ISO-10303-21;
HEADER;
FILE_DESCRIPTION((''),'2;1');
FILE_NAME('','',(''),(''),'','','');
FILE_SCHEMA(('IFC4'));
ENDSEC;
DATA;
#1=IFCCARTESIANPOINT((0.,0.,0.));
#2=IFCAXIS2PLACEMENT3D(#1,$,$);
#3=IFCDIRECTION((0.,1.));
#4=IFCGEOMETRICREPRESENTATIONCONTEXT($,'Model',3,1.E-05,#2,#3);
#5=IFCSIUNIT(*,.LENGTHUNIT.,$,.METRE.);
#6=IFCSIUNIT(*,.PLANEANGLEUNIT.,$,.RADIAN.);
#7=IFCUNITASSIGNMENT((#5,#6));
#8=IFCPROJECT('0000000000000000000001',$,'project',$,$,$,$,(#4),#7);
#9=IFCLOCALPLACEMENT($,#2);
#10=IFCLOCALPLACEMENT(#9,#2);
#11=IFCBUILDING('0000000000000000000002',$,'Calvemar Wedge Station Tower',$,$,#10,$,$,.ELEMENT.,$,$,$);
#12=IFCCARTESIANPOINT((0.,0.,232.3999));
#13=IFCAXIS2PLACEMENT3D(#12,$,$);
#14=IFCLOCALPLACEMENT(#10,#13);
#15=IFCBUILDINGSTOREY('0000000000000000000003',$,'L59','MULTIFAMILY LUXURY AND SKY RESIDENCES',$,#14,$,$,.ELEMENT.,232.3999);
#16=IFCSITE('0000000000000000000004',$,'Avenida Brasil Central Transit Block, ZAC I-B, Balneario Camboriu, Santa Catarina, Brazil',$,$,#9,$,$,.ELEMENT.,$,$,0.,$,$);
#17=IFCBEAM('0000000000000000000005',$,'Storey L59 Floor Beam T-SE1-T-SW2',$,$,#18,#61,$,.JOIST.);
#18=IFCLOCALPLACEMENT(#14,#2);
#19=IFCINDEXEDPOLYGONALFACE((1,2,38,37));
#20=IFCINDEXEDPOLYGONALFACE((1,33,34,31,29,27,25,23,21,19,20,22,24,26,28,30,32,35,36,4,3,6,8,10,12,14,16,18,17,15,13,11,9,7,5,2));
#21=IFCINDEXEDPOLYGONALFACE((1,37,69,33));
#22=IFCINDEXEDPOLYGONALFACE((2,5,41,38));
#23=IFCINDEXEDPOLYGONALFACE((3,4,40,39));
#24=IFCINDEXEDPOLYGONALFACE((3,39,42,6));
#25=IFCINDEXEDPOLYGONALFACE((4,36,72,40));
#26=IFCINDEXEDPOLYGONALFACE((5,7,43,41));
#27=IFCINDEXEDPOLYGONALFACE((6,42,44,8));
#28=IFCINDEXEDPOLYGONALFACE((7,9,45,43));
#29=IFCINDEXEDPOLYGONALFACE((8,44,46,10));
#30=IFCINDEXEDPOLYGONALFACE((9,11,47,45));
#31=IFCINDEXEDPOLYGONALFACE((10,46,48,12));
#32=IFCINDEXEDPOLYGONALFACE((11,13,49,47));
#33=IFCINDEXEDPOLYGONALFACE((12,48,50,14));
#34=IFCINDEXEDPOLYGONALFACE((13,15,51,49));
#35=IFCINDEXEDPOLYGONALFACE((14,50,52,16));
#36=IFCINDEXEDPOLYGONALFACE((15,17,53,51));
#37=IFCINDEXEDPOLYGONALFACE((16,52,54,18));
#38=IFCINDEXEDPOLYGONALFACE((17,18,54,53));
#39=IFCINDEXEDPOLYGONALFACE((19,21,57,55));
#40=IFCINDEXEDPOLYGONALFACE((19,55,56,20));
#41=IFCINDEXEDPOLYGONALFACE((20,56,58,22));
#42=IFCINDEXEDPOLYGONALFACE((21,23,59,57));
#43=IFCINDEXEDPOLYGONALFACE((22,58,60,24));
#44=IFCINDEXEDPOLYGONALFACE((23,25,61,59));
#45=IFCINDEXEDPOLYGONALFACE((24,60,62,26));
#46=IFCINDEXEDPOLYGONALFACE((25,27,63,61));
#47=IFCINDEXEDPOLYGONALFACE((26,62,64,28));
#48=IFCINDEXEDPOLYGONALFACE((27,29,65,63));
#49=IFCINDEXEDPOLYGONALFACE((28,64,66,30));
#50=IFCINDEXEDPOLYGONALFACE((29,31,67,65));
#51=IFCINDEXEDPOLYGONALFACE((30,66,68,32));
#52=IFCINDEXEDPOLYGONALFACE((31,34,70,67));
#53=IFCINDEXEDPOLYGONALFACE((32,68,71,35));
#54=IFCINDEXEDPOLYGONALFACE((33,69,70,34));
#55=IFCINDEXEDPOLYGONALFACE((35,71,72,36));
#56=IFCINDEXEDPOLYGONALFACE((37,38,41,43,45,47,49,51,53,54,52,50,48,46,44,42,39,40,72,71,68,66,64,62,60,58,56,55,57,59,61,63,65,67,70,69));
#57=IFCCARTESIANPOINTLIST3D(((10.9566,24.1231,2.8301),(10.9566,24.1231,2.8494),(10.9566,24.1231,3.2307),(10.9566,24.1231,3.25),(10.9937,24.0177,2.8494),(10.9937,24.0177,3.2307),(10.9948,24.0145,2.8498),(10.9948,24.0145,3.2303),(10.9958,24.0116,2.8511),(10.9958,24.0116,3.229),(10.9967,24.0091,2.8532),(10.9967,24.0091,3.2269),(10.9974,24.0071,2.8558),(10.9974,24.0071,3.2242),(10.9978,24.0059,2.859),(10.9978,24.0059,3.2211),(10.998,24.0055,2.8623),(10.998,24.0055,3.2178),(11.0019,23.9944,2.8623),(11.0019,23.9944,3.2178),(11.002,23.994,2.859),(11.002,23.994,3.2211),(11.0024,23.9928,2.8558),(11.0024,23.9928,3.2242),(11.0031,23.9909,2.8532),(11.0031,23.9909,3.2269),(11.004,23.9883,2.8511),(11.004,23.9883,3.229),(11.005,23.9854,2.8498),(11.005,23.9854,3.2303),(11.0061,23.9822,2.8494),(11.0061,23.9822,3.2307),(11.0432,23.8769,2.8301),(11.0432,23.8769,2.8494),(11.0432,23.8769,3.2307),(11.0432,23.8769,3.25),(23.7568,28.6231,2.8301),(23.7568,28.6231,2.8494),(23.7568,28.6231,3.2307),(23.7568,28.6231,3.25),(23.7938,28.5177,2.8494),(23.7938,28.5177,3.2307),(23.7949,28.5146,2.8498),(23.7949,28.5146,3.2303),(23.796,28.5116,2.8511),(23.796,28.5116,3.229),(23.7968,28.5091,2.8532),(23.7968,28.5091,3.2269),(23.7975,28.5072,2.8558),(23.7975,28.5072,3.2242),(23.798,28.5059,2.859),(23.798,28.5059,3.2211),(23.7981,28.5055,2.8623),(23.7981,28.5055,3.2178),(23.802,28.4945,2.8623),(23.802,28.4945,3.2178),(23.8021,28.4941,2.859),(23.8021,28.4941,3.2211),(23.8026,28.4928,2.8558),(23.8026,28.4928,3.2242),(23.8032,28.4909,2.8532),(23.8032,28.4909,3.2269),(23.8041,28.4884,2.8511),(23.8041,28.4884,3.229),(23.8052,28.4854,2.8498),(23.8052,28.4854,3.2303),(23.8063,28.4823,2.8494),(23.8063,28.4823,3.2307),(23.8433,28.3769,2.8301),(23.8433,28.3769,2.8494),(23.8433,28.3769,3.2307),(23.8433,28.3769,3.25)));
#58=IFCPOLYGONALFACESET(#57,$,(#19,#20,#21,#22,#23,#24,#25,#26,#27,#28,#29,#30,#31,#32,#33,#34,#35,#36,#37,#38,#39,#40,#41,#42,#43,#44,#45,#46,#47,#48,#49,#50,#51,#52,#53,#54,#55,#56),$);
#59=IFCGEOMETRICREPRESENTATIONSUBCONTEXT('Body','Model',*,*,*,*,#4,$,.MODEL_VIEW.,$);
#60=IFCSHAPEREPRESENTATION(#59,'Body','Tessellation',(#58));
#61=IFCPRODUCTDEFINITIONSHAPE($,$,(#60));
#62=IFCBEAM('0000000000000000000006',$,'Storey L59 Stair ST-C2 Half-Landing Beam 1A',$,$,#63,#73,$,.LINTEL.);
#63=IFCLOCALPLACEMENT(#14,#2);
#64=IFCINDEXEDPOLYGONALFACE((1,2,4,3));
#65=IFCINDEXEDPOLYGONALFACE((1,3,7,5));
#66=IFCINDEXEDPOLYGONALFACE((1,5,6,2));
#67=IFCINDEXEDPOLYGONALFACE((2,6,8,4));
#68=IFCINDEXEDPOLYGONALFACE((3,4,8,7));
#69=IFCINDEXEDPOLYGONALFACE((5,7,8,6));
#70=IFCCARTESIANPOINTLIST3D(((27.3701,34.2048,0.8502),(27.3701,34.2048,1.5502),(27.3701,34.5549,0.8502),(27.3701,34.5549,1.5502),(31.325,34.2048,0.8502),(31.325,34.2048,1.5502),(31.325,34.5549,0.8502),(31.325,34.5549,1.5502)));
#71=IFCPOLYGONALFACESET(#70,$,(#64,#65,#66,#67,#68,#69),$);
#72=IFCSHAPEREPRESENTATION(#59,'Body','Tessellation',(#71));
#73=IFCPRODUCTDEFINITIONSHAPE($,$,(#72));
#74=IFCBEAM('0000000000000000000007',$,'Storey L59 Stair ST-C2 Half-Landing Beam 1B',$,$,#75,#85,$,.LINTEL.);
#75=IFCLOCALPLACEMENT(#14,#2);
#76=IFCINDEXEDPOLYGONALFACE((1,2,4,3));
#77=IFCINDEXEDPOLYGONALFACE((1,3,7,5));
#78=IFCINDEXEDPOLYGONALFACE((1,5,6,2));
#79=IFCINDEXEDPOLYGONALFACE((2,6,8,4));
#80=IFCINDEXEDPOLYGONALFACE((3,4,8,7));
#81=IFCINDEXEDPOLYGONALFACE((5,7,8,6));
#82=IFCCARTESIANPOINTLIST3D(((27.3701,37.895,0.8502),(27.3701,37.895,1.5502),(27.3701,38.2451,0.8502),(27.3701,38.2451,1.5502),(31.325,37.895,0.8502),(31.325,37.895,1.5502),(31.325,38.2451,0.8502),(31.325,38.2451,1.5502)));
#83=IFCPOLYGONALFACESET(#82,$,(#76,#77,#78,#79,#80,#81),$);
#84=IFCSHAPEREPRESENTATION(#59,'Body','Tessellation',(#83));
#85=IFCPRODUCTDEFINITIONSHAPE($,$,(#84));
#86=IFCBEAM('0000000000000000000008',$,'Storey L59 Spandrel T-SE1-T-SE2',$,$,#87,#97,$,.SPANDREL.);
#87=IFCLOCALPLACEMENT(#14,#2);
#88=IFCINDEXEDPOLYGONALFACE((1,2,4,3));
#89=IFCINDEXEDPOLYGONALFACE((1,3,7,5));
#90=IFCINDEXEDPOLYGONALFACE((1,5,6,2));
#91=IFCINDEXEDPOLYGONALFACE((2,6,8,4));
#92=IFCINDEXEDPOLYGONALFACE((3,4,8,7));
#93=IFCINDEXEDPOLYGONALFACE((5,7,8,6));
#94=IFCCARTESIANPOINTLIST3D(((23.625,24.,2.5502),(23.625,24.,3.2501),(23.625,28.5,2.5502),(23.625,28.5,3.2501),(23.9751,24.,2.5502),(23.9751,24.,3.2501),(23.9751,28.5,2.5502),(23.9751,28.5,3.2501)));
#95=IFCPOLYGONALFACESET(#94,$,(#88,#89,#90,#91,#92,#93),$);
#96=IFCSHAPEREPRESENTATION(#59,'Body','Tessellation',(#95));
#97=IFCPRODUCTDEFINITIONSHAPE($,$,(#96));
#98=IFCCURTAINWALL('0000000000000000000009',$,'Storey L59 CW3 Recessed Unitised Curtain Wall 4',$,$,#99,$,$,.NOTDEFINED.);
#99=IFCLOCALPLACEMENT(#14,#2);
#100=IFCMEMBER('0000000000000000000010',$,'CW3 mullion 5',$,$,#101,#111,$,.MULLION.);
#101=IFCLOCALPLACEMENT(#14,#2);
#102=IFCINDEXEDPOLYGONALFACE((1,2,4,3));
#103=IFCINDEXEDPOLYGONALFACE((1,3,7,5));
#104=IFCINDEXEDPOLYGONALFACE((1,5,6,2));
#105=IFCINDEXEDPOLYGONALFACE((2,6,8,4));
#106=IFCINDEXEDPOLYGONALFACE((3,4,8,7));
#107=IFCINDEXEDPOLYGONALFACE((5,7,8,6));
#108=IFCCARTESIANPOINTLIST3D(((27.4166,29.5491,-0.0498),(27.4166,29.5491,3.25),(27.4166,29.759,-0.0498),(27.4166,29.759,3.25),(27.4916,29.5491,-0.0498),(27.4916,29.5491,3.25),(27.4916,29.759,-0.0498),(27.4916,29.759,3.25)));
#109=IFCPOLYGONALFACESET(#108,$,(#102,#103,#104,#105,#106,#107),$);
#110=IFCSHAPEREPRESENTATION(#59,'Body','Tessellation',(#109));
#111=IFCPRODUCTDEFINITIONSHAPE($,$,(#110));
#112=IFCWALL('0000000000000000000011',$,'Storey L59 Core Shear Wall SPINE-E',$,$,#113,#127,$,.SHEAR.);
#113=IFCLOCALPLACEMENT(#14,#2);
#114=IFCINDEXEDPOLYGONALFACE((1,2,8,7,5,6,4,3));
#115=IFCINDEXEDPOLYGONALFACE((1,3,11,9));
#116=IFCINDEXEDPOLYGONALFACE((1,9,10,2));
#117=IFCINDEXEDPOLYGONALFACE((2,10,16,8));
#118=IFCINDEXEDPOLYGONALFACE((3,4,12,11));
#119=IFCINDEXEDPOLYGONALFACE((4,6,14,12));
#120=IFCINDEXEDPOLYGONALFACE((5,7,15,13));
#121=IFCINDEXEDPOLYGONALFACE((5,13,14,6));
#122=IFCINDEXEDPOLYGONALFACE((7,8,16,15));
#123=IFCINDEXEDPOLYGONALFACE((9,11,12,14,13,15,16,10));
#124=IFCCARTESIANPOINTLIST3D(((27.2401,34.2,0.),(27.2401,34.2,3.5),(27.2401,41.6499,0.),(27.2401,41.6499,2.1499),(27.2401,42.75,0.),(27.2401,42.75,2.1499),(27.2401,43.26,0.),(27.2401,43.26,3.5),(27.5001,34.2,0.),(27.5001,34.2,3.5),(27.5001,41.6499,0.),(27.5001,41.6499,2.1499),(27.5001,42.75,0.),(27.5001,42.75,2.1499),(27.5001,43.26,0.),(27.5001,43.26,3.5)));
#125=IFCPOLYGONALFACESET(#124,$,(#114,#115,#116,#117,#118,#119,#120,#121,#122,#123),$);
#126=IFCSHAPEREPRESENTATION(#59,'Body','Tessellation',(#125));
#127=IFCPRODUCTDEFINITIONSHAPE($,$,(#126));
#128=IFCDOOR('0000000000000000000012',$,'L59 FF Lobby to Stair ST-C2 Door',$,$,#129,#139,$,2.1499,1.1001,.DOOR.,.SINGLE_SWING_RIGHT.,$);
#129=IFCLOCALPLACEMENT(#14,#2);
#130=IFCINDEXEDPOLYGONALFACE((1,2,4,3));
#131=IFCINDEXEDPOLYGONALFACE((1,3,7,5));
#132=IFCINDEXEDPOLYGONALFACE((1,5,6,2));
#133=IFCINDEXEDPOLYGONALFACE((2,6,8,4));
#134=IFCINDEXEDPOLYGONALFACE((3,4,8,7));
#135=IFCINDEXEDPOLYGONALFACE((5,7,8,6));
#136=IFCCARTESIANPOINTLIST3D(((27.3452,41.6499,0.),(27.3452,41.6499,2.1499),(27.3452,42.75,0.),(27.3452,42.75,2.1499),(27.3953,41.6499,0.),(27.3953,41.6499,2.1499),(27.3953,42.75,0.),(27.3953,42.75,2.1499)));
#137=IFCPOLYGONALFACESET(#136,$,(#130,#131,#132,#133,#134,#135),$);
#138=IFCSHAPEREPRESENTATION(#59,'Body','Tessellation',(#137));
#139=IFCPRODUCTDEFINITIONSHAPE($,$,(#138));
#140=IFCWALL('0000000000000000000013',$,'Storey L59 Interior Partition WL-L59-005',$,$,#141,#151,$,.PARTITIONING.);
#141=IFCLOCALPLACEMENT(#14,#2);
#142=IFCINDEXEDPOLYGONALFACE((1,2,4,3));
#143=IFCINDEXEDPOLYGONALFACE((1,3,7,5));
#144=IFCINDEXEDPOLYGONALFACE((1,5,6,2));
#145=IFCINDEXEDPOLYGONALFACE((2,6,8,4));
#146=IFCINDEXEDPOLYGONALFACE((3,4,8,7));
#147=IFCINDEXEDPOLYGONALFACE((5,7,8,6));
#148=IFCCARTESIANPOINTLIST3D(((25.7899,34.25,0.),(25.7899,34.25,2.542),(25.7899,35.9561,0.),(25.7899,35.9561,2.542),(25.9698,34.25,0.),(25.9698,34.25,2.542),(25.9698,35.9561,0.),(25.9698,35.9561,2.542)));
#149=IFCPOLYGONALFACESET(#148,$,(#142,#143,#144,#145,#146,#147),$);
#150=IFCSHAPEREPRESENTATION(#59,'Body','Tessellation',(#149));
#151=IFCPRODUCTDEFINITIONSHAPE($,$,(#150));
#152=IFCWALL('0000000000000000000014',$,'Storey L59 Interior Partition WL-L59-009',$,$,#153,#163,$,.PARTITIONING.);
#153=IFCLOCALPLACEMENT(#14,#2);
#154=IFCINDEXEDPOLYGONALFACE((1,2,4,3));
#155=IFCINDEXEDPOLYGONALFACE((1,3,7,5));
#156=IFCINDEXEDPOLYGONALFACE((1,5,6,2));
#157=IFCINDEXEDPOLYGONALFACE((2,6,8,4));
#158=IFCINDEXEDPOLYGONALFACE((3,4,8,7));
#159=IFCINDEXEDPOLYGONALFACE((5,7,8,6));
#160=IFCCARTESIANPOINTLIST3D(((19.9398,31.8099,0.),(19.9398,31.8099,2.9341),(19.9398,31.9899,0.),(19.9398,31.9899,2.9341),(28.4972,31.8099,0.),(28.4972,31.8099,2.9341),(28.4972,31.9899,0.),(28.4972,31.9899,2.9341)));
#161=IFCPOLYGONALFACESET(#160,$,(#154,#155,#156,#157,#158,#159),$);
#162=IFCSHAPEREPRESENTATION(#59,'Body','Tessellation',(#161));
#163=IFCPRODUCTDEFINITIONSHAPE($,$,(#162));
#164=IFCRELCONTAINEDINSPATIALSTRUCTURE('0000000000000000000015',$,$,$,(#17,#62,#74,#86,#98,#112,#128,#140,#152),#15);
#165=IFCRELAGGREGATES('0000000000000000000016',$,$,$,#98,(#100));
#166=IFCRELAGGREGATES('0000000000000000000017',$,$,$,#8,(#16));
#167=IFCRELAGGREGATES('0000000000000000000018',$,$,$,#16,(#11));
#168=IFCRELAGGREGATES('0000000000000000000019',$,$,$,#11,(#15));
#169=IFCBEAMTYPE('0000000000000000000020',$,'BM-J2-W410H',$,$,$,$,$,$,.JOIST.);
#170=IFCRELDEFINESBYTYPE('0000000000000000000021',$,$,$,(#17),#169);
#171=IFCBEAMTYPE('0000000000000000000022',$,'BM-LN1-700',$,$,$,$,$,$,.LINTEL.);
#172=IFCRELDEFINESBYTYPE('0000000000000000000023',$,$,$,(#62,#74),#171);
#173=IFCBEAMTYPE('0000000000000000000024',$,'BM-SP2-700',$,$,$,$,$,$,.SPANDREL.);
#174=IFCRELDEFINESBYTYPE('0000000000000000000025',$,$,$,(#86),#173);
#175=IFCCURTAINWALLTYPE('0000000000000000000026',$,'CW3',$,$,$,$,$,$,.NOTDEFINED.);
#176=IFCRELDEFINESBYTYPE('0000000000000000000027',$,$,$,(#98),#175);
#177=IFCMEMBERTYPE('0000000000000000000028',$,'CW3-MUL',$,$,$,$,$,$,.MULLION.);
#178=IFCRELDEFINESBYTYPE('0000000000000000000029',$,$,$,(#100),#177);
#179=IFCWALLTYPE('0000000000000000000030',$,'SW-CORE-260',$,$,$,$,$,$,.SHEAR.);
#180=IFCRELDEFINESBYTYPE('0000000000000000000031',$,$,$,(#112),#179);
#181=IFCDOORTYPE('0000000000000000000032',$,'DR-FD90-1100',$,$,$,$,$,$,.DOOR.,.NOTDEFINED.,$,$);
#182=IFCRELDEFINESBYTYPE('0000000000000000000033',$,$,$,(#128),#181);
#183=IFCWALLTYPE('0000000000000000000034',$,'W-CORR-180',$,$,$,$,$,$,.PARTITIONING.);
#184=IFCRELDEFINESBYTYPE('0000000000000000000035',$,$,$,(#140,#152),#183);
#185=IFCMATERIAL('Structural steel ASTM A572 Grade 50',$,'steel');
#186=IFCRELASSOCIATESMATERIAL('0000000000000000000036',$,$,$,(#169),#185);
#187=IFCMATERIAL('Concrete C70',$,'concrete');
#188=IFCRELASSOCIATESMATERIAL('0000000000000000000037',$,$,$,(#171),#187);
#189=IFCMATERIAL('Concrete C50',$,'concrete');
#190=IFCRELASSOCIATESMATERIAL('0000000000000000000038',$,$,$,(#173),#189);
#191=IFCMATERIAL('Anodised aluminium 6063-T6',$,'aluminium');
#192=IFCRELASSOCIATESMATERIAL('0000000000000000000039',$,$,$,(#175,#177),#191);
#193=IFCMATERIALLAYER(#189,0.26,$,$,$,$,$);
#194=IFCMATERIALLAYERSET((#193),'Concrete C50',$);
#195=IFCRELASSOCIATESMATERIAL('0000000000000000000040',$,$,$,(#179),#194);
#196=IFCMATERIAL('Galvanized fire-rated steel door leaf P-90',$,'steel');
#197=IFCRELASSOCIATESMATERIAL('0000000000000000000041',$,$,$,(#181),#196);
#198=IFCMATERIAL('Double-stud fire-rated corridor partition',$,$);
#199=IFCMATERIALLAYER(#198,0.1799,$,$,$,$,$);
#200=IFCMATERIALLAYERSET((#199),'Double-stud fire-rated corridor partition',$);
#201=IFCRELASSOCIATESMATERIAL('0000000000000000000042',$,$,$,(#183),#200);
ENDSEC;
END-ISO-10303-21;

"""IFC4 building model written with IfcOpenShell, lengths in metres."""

from ifc_helpers import new_model, si_unit, direction, frame, frame_2d, origin, origin_2d, place, context, subcontext, project, spatial, rectangle, i_section, extrude, source, transform, mapped, material, layer, layer_set, material_profile, profile_set, type_object, element, fill, aggregate, save


model = new_model("IFC4")

# Units and contexts
model_context = context("Model", 3, precision=1e-05, world=origin(), true_north=direction((0.0, 1.0)))
body_context = subcontext(model_context, "Body", "Model", "MODEL_VIEW")
ifc_project = project(units=[si_unit("LENGTHUNIT", "METRE"), si_unit("PLANEANGLEUNIT", "RADIAN")], contexts=[model_context])

# Site, building, storey
site_placement = place(None, origin())
site = spatial("IfcSite", under=ifc_project, at=site_placement, Name="Avenida Brasil Central Transit Block, ZAC I-B, Balneario Camboriu, Santa Catarina, Brazil", CompositionType="ELEMENT", RefElevation=0.0)
building_placement = place(site_placement, origin())
building = spatial("IfcBuilding", under=site, at=building_placement, Name="Calvemar Wedge Station Tower", CompositionType="ELEMENT")
storey_placement = place(building_placement, frame((0.0, 0.0, 232.3999)))
storey = spatial("IfcBuildingStorey", under=building, at=storey_placement, Name="L59", Description="MULTIFAMILY LUXURY AND SKY RESIDENCES", CompositionType="ELEMENT", Elevation=232.3999)

# Beams
ifc_material_1 = material(Name="Structural steel ASTM A572 Grade 50", Category="steel")
ifc_material_profile_1 = material_profile(ifc_material_1, i_section(OverallWidth=0.261, OverallDepth=0.4199, WebThickness=0.0117, FlangeThickness=0.0193, FilletRadius=0.0129, at=origin_2d()), Name="W410x114")
ifc_profile_set_1 = profile_set([ifc_material_profile_1], Name="Structural steel ASTM A572 Grade 50")
beam_type_1 = type_object("IfcBeamType", Name="BM-J2-W410H", PredefinedType="JOIST", material=ifc_profile_set_1)
shared_shape_1 = source(origin(), body_context, "Body", "SweptSolid", [
    extrude(i_section(OverallWidth=0.261, OverallDepth=0.4199, WebThickness=0.0117, FlangeThickness=0.0193, FilletRadius=0.0129, at=origin_2d()), origin(), (0.0, 0.0, 1.0), 13.5681),
])
beam_1_placement = place(storey_placement, frame((23.8, 28.5, 3.04), z_axis=(-0.943398, -0.331662, 0.0), x_axis=(0.331662, -0.943398, 0.0)))
element("IfcBeam", 1, at=beam_1_placement, inside=storey, type_object=beam_type_1, Name="Storey L59 Floor Beam T-SE1-T-SW2", PredefinedType="JOIST", context=body_context, shape_type="MappedRepresentation", body=[
    mapped(shared_shape_1, transform((0.0, 0.0, 0.0), scale=1.0)),
])
ifc_material_2 = material(Name="Concrete C70", Category="concrete")
ifc_material_profile_2 = material_profile(ifc_material_2, rectangle(XDim=0.3501, YDim=0.7, at=origin_2d()), Name="RC350x700")
ifc_profile_set_2 = profile_set([ifc_material_profile_2], Name="Concrete C70")
beam_type_2 = type_object("IfcBeamType", Name="BM-LN1-700", PredefinedType="LINTEL", material=ifc_profile_set_2)
shared_shape_2 = source(origin(), body_context, "Body", "SweptSolid", [
    extrude(rectangle(XDim=0.3501, YDim=0.7, at=origin_2d()), origin(), (0.0, 0.0, 1.0), 3.9548),
])
for number, where, z_axis, x_axis, name in (
    (2, (27.3701, 34.3799, 1.2002), (1.0, 0.0, 0.0), (0.0, 1.0, 0.0), "Storey L59 Stair ST-C2 Half-Landing Beam 1A"),
    (3, (27.3701, 38.0701, 1.2002), (1.0, 0.0, 0.0), (0.0, 1.0, 0.0), "Storey L59 Stair ST-C2 Half-Landing Beam 1B"),
):
    element("IfcBeam", number, at=place(storey_placement, frame(where, z_axis=z_axis, x_axis=x_axis)), inside=storey, type_object=beam_type_2, Name=name, PredefinedType="LINTEL", context=body_context, shape_type="MappedRepresentation", body=[
        mapped(shared_shape_2, transform((0.0, 0.0, 0.0), scale=1.0)),
    ])
ifc_material_3 = material(Name="Concrete C50", Category="concrete")
ifc_material_profile_3 = material_profile(ifc_material_3, rectangle(XDim=0.3501, YDim=0.7, at=origin_2d()), Name="RC350x700")
ifc_profile_set_3 = profile_set([ifc_material_profile_3], Name="Concrete C50")
beam_type_3 = type_object("IfcBeamType", Name="BM-SP2-700", PredefinedType="SPANDREL", material=ifc_profile_set_3)
shared_shape_3 = source(origin(), body_context, "Body", "SweptSolid", [
    extrude(rectangle(XDim=0.3501, YDim=0.7, at=origin_2d()), origin(), (0.0, 0.0, 1.0), 4.5),
])
beam_2_placement = place(storey_placement, frame((23.8, 28.5, 2.9001), z_axis=(0.0, -1.0, 0.0), x_axis=(1.0, 0.0, 0.0)))
element("IfcBeam", 4, at=beam_2_placement, inside=storey, type_object=beam_type_3, Name="Storey L59 Spandrel T-SE1-T-SE2", PredefinedType="SPANDREL", context=body_context, shape_type="MappedRepresentation", body=[
    mapped(shared_shape_3, transform((0.0, 0.0, 0.0), scale=1.0)),
])

# Curtain wall, member
ifc_material_4 = material(Name="Anodised aluminium 6063-T6", Category="aluminium")
curtain_wall_type = type_object("IfcCurtainWallType", Name="CW3", PredefinedType="NOTDEFINED", material=ifc_material_4)
curtain_wall_placement = place(storey_placement, origin())
curtain_wall = element("IfcCurtainWall", 5, at=curtain_wall_placement, inside=storey, type_object=curtain_wall_type, Name="Storey L59 CW3 Recessed Unitised Curtain Wall 4", PredefinedType="NOTDEFINED")
ifc_material_profile_4 = material_profile(ifc_material_4, rectangle(XDim=0.075, YDim=0.21, at=origin_2d()), Name="AL-MUL-75x210")
ifc_profile_set_4 = profile_set([ifc_material_profile_4], Name="Anodised aluminium 6063-T6")
member_type = type_object("IfcMemberType", Name="CW3-MUL", PredefinedType="MULLION", material=ifc_profile_set_4)
shared_shape_4 = source(origin(), body_context, "Body", "SweptSolid", [
    extrude(rectangle(XDim=0.075, YDim=0.21, at=origin_2d()), origin(), (0.0, 0.0, 1.0), 3.2998),
])
member_placement = place(storey_placement, frame((27.4541, 29.6541, -0.0498), z_axis=(0.0, 0.0, 1.0), x_axis=(1.0, 0.0, 0.0)))
member = element("IfcMember", 6, at=member_placement, type_object=member_type, Name="CW3 mullion 5", PredefinedType="MULLION", context=body_context, shape_type="MappedRepresentation", body=[
    mapped(shared_shape_4, transform((0.0, 0.0, 0.0), scale=1.0)),
])
aggregate(curtain_wall, [member])

# Wall, opening, door
ifc_layer_1 = layer(ifc_material_3, 0.26)
ifc_layer_set_1 = layer_set([ifc_layer_1], Name="Concrete C50")
wall_type_1 = type_object("IfcWallType", Name="SW-CORE-260", PredefinedType="SHEAR", material=ifc_layer_set_1)
wall_1_placement = place(storey_placement, frame((27.3701, 34.2, 0.0), z_axis=(0.0, 0.0, 1.0), x_axis=(0.0, 1.0, 0.0)))
wall_1 = element("IfcWall", 7, at=wall_1_placement, inside=storey, type_object=wall_type_1, Name="Storey L59 Core Shear Wall SPINE-E", PredefinedType="SHEAR", context=body_context, shape_type="SweptSolid", body=[
    extrude(rectangle(XDim=9.0601, YDim=0.26, at=frame_2d((4.53, 0.0))), origin(), (0.0, 0.0, 1.0), 3.5),
])
shared_shape_5 = source(origin(), body_context, "Body", "SweptSolid", [
    extrude(rectangle(XDim=1.1001, YDim=2.1499, at=frame_2d((0.55, 1.075))), frame((0.0, 0.1401, 0.0), z_axis=(0.0, -1.0, 0.0), x_axis=(1.0, 0.0, 0.0)), (0.0, 0.0, 1.0), 0.28),
])
opening_placement = place(wall_1_placement, frame((7.45, 0.0, 0.0)))
opening = element("IfcOpeningElement", 8, at=opening_placement, cuts=wall_1, PredefinedType="OPENING", context=body_context, shape_type="MappedRepresentation", body=[
    mapped(shared_shape_5, transform((0.0, 0.0, 0.0), scale=1.0)),
])
ifc_material_5 = material(Name="Galvanized fire-rated steel door leaf P-90", Category="steel")
door_type = type_object("IfcDoorType", Name="DR-FD90-1100", OperationType="NOTDEFINED", PredefinedType="DOOR", material=ifc_material_5)
shared_shape_6 = source(origin(), body_context, "Body", "SweptSolid", [
    extrude(rectangle(XDim=1.1001, YDim=2.1499, at=frame_2d((0.55, 1.075))), frame((0.0, 0.0249, 0.0), z_axis=(0.0, -1.0, 0.0), x_axis=(1.0, 0.0, 0.0)), (0.0, 0.0, 1.0), 0.05),
])
door_placement = place(opening_placement, origin())
door = element("IfcDoor", 9, at=door_placement, inside=storey, type_object=door_type, Name="L59 FF Lobby to Stair ST-C2 Door", OperationType="SINGLE_SWING_RIGHT", OverallHeight=2.1499, OverallWidth=1.1001, PredefinedType="DOOR", context=body_context, shape_type="MappedRepresentation", body=[
    mapped(shared_shape_6, transform((0.0, 0.0, 0.0), scale=1.0)),
])
fill(opening, door)

# Walls
ifc_material_6 = material(Name="Double-stud fire-rated corridor partition")
ifc_layer_2 = layer(ifc_material_6, 0.1799)
ifc_layer_set_2 = layer_set([ifc_layer_2], Name="Double-stud fire-rated corridor partition")
wall_type_2 = type_object("IfcWallType", Name="W-CORR-180", PredefinedType="PARTITIONING", material=ifc_layer_set_2)
wall_2_placement = place(storey_placement, frame((25.8799, 35.9561, 0.0), z_axis=(0.0, 0.0, 1.0), x_axis=(0.0, -1.0, 0.0)))
element("IfcWall", 10, at=wall_2_placement, inside=storey, type_object=wall_type_2, Name="Storey L59 Interior Partition WL-L59-005", PredefinedType="PARTITIONING", context=body_context, shape_type="SweptSolid", body=[
    extrude(rectangle(XDim=1.7061, YDim=0.1799, at=frame_2d((0.853, 0.0))), origin(), (0.0, 0.0, 1.0), 2.542),
])
wall_3_placement = place(storey_placement, frame((28.4973, 31.8999, 0.0), z_axis=(0.0, 0.0, 1.0), x_axis=(-1.0, 0.0, 0.0)))
element("IfcWall", 11, at=wall_3_placement, inside=storey, type_object=wall_type_2, Name="Storey L59 Interior Partition WL-L59-009", PredefinedType="PARTITIONING", context=body_context, shape_type="SweptSolid", body=[
    extrude(rectangle(XDim=8.5574, YDim=0.1799, at=frame_2d((4.2788, 0.0))), origin(), (0.0, 0.0, 1.0), 2.9341),
])

save(model, "model.ifc")
